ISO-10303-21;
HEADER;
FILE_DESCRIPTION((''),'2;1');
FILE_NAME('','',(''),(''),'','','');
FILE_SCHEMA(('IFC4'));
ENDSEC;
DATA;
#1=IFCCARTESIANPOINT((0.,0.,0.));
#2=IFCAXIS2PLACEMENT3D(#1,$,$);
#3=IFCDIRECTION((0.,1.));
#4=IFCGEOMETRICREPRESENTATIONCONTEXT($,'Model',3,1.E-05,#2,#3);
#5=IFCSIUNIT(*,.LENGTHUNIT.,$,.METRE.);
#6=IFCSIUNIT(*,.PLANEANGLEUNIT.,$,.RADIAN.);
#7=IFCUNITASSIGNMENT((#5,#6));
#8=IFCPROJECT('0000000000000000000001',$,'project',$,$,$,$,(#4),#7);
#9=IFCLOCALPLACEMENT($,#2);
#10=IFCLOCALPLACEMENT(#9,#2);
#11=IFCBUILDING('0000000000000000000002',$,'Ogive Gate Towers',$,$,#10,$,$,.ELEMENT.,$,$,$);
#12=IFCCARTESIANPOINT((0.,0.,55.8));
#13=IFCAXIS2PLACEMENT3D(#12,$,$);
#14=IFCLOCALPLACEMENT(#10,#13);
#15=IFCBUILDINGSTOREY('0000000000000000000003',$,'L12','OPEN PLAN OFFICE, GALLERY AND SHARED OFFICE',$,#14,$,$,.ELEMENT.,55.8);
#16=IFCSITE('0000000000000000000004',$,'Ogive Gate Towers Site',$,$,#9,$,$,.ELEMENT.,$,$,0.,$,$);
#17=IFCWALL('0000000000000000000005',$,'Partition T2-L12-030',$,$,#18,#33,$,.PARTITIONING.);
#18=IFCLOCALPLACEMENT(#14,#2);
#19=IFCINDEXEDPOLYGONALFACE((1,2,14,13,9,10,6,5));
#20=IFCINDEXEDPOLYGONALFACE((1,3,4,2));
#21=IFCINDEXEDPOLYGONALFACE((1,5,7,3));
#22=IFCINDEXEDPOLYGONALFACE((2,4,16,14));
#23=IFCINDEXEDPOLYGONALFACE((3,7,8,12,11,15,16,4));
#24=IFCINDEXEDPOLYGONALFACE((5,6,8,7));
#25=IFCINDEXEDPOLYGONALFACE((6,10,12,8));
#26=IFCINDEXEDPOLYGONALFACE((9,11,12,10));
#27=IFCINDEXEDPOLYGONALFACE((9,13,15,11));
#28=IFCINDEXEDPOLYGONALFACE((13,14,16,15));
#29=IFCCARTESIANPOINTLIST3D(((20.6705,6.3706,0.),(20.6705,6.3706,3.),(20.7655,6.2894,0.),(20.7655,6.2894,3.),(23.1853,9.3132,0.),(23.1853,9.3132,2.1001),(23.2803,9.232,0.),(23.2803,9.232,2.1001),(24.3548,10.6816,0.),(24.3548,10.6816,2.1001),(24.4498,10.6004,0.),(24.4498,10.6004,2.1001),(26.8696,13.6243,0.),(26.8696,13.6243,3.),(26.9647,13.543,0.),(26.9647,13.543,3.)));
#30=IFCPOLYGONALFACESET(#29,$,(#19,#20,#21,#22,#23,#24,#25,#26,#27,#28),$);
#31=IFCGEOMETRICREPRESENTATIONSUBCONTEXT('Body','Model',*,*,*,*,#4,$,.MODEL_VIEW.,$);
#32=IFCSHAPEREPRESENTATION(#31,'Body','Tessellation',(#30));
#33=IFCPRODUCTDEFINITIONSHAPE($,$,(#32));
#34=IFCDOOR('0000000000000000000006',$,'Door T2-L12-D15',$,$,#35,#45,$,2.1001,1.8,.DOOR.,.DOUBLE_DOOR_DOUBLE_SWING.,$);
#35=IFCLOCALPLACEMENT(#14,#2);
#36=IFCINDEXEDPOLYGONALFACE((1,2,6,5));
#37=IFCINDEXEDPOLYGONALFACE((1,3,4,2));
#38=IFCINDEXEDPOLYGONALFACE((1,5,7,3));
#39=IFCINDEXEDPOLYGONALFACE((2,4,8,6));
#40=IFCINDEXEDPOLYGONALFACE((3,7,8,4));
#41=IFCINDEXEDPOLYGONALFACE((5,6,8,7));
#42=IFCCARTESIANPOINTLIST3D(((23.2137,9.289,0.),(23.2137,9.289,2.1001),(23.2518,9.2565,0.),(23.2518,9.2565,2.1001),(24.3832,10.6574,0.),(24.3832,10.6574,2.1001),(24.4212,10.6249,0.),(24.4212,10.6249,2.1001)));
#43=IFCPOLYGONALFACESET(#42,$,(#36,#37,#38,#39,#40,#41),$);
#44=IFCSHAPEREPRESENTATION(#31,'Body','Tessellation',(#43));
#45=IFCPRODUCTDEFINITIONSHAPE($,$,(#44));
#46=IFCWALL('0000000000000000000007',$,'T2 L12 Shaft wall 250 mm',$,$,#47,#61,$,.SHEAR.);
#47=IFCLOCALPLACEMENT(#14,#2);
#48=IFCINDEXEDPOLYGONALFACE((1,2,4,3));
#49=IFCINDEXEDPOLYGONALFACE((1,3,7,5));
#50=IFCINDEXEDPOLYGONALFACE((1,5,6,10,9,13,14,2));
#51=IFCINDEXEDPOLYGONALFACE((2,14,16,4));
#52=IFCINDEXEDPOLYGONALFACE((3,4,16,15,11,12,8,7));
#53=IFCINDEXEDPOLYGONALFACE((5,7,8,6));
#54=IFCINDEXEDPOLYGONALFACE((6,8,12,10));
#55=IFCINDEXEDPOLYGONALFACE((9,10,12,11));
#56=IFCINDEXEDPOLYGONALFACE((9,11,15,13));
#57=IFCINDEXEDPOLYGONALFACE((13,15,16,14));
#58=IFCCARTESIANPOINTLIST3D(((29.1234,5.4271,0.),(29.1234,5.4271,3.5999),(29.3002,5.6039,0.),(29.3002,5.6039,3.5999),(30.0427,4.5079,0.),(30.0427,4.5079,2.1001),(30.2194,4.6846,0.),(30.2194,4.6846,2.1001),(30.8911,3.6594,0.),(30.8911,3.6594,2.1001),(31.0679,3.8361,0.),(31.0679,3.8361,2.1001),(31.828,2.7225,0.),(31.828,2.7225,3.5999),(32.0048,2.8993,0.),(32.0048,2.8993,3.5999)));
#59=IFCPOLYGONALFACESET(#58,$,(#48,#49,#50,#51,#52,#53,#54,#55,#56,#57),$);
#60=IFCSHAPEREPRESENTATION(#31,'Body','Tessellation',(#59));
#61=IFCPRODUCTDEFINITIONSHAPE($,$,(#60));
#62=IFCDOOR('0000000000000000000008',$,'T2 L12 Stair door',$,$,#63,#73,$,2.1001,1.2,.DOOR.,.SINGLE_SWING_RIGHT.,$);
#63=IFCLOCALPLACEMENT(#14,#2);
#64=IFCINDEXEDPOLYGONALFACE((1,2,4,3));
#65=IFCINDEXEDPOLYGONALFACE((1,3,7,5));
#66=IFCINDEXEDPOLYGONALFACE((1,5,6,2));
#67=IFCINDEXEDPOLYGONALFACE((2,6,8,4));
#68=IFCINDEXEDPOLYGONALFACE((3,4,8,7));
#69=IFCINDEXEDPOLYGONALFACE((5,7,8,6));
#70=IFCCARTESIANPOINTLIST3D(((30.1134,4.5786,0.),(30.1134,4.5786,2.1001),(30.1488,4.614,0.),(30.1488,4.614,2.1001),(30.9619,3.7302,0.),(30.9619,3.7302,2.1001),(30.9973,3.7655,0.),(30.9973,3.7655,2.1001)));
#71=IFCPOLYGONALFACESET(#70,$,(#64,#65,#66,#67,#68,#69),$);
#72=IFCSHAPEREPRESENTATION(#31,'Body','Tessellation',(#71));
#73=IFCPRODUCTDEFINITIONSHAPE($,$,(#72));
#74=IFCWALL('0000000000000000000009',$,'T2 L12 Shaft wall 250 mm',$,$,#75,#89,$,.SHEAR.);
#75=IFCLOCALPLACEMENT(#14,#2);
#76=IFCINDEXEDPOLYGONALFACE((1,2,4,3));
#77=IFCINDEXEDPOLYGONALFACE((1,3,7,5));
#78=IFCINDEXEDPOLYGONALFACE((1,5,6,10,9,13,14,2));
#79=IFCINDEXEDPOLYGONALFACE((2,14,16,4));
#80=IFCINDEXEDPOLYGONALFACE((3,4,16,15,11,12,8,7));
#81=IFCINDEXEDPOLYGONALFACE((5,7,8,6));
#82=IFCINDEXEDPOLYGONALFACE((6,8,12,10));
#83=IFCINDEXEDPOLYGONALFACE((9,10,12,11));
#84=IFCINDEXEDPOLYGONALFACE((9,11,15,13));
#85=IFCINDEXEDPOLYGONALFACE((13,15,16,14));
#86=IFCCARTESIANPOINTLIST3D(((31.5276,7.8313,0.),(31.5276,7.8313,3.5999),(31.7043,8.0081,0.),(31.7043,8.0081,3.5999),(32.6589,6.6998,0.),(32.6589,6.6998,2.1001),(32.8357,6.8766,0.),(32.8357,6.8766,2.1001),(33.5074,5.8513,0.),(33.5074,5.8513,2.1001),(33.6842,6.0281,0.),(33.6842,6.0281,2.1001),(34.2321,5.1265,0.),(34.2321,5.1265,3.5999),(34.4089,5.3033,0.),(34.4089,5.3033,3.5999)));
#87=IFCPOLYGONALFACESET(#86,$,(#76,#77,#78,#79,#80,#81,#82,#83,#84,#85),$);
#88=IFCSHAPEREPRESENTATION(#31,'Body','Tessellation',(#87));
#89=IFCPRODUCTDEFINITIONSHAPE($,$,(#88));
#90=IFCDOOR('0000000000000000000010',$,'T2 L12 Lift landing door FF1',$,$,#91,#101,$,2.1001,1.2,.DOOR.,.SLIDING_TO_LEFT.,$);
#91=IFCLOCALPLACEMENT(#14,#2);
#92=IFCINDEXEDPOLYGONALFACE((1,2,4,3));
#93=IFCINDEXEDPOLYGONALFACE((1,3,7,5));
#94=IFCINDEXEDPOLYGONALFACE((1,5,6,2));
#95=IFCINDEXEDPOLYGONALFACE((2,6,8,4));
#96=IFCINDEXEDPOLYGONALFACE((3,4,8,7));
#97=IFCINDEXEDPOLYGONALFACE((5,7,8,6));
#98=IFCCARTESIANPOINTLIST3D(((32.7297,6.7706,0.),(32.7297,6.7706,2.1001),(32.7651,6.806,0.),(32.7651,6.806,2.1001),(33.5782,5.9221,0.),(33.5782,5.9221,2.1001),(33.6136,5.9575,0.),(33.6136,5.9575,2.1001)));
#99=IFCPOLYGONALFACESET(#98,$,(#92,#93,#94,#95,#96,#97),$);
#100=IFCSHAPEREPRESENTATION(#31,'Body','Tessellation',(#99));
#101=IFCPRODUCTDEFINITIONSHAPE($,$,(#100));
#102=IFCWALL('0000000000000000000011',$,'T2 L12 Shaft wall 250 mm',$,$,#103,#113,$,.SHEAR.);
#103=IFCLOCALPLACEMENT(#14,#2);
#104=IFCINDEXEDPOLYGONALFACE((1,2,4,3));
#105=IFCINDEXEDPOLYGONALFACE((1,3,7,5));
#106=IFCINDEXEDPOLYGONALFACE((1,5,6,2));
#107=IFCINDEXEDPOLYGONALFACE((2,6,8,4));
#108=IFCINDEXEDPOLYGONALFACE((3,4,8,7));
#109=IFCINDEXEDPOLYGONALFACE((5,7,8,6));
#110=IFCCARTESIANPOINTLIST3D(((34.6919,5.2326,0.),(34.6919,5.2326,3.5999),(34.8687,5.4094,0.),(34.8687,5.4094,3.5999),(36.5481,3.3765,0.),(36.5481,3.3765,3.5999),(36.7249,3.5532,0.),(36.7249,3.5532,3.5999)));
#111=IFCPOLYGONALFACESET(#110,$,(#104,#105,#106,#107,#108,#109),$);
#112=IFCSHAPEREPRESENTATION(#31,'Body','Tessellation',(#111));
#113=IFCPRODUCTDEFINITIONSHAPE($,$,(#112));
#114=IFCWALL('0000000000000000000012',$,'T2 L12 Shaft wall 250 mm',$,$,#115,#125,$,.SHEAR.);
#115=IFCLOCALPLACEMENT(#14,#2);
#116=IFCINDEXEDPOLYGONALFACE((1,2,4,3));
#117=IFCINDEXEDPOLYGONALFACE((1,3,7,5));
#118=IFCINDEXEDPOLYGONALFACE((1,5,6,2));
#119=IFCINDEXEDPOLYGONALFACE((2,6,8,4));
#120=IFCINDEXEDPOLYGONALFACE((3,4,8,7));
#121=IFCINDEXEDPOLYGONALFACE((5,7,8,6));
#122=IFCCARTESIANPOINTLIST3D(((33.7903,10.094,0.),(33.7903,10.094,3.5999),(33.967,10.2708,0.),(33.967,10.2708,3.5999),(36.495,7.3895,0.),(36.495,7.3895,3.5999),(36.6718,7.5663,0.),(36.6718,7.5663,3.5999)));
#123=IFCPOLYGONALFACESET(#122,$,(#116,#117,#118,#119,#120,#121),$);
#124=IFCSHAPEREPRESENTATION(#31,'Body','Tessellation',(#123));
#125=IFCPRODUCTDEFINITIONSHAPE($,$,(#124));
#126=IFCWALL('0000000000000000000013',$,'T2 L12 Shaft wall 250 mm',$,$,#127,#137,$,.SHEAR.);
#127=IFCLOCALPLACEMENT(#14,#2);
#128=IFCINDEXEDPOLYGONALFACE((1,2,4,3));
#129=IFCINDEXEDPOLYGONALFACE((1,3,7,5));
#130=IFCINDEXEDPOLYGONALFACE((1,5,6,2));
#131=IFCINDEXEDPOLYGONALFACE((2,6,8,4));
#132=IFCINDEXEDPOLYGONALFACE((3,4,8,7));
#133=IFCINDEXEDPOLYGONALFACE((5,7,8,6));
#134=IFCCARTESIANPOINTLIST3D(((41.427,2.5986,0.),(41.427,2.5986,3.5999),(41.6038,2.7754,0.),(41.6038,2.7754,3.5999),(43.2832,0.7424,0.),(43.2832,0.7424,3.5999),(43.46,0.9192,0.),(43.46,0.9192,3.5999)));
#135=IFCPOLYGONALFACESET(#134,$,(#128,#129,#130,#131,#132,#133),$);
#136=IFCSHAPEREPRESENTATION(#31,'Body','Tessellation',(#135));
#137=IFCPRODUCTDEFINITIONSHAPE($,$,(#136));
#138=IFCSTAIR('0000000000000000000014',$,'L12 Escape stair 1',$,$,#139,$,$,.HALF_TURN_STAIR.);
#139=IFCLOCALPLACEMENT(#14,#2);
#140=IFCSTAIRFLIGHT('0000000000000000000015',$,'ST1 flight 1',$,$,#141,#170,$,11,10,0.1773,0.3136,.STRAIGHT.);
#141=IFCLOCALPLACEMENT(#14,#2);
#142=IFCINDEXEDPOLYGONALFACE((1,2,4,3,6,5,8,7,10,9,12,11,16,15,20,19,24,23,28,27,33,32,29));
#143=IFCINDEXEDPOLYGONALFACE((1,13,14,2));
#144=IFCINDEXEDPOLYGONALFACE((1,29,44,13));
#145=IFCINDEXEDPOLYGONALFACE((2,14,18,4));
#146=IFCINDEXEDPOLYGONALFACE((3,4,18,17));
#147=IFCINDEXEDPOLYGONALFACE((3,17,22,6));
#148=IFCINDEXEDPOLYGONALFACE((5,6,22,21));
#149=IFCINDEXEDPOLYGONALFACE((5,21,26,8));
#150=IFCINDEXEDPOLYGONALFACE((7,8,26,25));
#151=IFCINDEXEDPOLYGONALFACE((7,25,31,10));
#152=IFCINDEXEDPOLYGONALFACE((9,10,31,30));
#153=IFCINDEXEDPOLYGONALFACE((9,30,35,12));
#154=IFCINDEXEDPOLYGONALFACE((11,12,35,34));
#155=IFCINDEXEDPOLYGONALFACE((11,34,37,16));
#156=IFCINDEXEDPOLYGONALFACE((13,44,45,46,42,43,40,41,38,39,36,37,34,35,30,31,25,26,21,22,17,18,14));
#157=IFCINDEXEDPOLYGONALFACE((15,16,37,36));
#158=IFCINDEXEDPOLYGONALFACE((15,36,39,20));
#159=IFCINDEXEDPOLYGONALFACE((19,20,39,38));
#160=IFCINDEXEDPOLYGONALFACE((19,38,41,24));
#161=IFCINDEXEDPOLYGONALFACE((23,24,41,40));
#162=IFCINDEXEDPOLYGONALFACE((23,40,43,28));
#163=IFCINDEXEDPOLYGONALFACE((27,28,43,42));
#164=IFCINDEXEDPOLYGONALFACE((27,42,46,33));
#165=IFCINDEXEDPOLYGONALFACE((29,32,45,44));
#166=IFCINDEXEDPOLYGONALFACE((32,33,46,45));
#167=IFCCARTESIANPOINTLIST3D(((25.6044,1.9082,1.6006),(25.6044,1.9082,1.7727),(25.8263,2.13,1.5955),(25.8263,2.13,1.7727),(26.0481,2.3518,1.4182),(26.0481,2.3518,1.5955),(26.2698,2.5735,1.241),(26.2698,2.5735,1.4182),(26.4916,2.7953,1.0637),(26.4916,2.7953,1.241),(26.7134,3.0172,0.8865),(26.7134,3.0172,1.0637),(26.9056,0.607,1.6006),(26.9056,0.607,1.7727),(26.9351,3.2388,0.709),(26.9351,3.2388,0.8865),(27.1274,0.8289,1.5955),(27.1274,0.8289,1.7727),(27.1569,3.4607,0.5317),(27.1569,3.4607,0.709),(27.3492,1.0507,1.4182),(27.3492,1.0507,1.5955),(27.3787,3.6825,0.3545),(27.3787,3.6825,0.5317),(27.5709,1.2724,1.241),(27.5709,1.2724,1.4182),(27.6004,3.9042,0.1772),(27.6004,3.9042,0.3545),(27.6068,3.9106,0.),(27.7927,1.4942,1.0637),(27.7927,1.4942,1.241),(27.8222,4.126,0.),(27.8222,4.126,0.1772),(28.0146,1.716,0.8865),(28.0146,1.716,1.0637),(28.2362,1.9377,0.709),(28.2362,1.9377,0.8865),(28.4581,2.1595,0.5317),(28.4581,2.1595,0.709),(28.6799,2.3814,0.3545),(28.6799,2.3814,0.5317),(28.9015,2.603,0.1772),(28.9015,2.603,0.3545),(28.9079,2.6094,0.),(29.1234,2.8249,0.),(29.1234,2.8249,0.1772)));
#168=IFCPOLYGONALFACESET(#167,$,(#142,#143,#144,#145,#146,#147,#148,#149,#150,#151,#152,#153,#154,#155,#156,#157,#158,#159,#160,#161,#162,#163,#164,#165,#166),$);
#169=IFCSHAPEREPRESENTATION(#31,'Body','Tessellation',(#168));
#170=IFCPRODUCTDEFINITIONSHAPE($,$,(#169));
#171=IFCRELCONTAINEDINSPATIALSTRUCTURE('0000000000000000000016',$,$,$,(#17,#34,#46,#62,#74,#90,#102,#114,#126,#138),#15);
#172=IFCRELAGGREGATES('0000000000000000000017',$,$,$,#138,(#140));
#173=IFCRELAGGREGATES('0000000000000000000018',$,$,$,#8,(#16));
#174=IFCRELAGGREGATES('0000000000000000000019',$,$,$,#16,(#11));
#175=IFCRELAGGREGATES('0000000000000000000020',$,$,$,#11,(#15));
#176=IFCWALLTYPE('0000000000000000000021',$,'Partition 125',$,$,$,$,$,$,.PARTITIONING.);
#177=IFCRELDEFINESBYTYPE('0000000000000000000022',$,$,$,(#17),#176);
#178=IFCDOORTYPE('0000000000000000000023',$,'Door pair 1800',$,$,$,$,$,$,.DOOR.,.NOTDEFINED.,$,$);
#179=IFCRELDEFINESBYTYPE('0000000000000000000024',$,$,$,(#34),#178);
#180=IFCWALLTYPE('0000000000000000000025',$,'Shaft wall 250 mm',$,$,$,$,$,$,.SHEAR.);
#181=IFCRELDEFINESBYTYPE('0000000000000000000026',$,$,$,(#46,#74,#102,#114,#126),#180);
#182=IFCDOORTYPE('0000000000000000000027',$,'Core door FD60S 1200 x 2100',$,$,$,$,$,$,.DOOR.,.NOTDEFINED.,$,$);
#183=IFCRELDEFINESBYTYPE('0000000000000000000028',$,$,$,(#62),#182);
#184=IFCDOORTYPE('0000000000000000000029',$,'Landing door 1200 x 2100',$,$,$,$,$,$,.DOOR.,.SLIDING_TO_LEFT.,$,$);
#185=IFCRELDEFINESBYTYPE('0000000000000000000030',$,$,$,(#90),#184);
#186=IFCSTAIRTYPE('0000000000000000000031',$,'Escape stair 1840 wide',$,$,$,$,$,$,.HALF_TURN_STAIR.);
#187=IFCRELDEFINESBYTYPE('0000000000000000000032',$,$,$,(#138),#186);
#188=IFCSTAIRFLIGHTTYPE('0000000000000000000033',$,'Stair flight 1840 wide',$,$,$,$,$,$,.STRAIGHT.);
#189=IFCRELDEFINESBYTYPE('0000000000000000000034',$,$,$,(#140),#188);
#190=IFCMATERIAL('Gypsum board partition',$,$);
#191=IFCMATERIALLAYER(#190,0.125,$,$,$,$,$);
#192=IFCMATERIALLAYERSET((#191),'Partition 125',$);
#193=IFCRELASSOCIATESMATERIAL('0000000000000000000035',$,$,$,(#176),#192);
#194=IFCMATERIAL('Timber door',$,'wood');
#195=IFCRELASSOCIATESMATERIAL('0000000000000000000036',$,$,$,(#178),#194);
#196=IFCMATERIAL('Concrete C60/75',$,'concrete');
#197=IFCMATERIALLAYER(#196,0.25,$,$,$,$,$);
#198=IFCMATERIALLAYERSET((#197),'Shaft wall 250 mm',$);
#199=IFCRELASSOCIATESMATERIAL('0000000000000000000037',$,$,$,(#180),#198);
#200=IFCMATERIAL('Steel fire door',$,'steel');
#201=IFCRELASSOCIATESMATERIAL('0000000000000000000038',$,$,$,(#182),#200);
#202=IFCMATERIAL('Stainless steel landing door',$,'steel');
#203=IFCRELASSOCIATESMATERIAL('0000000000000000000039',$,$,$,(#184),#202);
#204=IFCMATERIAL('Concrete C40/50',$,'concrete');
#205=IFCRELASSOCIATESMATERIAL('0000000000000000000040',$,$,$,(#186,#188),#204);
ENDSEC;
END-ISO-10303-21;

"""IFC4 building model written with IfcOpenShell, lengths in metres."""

from ifc_helpers import new_model, si_unit, direction, frame, frame_2d, origin, place, context, subcontext, project, spatial, polyline, rectangle, outline, extrude, material, layer, layer_set, type_object, element, fill, aggregate, save


model = new_model("IFC4")

# Units and contexts
model_context = context("Model", 3, precision=1e-05, world=origin(), true_north=direction((0.0, 1.0)))
body_context = subcontext(model_context, "Body", "Model", "MODEL_VIEW")
ifc_project = project(units=[si_unit("LENGTHUNIT", "METRE"), si_unit("PLANEANGLEUNIT", "RADIAN")], contexts=[model_context])

# Site, building, storey
site_placement = place(None, origin())
site = spatial("IfcSite", under=ifc_project, at=site_placement, Name="Ogive Gate Towers Site", CompositionType="ELEMENT", RefElevation=0.0)
building_placement = place(site_placement, origin())
building = spatial("IfcBuilding", under=site, at=building_placement, Name="Ogive Gate Towers", CompositionType="ELEMENT")
storey_placement = place(building_placement, frame((0.0, 0.0, 55.8)))
storey = spatial("IfcBuildingStorey", under=building, at=storey_placement, Name="L12", Description="OPEN PLAN OFFICE, GALLERY AND SHARED OFFICE", CompositionType="ELEMENT", Elevation=55.8)

# Walls, openings, doors
ifc_material_1 = material(Name="Gypsum board partition")
ifc_layer_1 = layer(ifc_material_1, 0.125)
ifc_layer_set_1 = layer_set([ifc_layer_1], Name="Partition 125")
wall_type_1 = type_object("IfcWallType", Name="Partition 125", PredefinedType="PARTITIONING", material=ifc_layer_set_1)
ifc_material_2 = material(Name="Timber door", Category="wood")
wall_1_placement = place(storey_placement, frame((26.9172, 13.5837, 0.0), z_axis=(0.0, 0.0, 1.0), x_axis=(-0.649691, -0.760199, 0.0)))
wall_1 = element("IfcWall", 1, at=wall_1_placement, inside=storey, type_object=wall_type_1, Name="Partition T2-L12-030", PredefinedType="PARTITIONING", context=body_context, shape_type="SweptSolid", body=[
    extrude(rectangle(XDim=9.5417, YDim=0.125, at=frame_2d((4.771, 0.0))), origin(), (0.0, 0.0, 1.0), 3.0),
])
opening_1_placement = place(wall_1_placement, frame((3.8711, 0.0, 0.0)))
opening_1 = element("IfcOpeningElement", 2, at=opening_1_placement, cuts=wall_1, PredefinedType="OPENING", context=body_context, shape_type="SweptSolid", body=[
    extrude(rectangle(XDim=1.8, YDim=2.1001, at=frame_2d((0.8999, 1.05))), frame((0.0, 0.0725, 0.0), z_axis=(0.0, -1.0, 0.0), x_axis=(1.0, 0.0, 0.0)), (0.0, 0.0, 1.0), 0.145),
])
door_type_1 = type_object("IfcDoorType", Name="Door pair 1800", OperationType="NOTDEFINED", PredefinedType="DOOR", material=ifc_material_2)
door_1_placement = place(opening_1_placement, origin())
door_1 = element("IfcDoor", 3, at=door_1_placement, inside=storey, type_object=door_type_1, Name="Door T2-L12-D15", OperationType="DOUBLE_DOOR_DOUBLE_SWING", OverallHeight=2.1001, OverallWidth=1.8, PredefinedType="DOOR", context=body_context, shape_type="SweptSolid", body=[
    extrude(rectangle(XDim=1.8, YDim=2.1001, at=frame_2d((0.8999, 1.05))), frame((0.0, 0.0249, 0.0), z_axis=(0.0, -1.0, 0.0), x_axis=(1.0, 0.0, 0.0)), (0.0, 0.0, 1.0), 0.05),
])
fill(opening_1, door_1)
ifc_material_3 = material(Name="Concrete C60/75", Category="concrete")
ifc_layer_2 = layer(ifc_material_3, 0.25)
ifc_layer_set_2 = layer_set([ifc_layer_2], Name="Shaft wall 250 mm")
wall_type_2 = type_object("IfcWallType", Name="Shaft wall 250 mm", PredefinedType="SHEAR", material=ifc_layer_set_2)
wall_2_placement = place(storey_placement, frame((31.9165, 2.8108, 0.0), z_axis=(0.0, 0.0, 1.0), x_axis=(-0.707107, 0.707107, 0.0)))
wall_2 = element("IfcWall", 4, at=wall_2_placement, inside=storey, type_object=wall_type_2, Name="T2 L12 Shaft wall 250 mm", PredefinedType="SHEAR", context=body_context, shape_type="SweptSolid", body=[
    extrude(rectangle(XDim=3.825, YDim=0.25, at=frame_2d((1.9126, 0.0))), origin(), (0.0, 0.0, 1.0), 3.5999),
])
opening_2_placement = place(wall_2_placement, frame((1.325, 0.0, 0.0)))
opening_2 = element("IfcOpeningElement", 5, at=opening_2_placement, cuts=wall_2, PredefinedType="OPENING", context=body_context, shape_type="SweptSolid", body=[
    extrude(rectangle(XDim=1.2, YDim=2.1001, at=frame_2d((0.6001, 1.05))), frame((0.0, 0.135, 0.0), z_axis=(0.0, -1.0, 0.0), x_axis=(1.0, 0.0, 0.0)), (0.0, 0.0, 1.0), 0.27),
])
ifc_material_4 = material(Name="Steel fire door", Category="steel")
door_type_2 = type_object("IfcDoorType", Name="Core door FD60S 1200 x 2100", OperationType="NOTDEFINED", PredefinedType="DOOR", material=ifc_material_4)
door_2_placement = place(opening_2_placement, origin())
door_2 = element("IfcDoor", 6, at=door_2_placement, inside=storey, type_object=door_type_2, Name="T2 L12 Stair door", OperationType="SINGLE_SWING_RIGHT", OverallHeight=2.1001, OverallWidth=1.2, PredefinedType="DOOR", context=body_context, shape_type="SweptSolid", body=[
    extrude(rectangle(XDim=1.2, YDim=2.1001, at=frame_2d((0.6001, 1.05))), frame((0.0, 0.0249, 0.0), z_axis=(0.0, -1.0, 0.0), x_axis=(1.0, 0.0, 0.0)), (0.0, 0.0, 1.0), 0.05),
])
fill(opening_2, door_2)
wall_3_placement = place(storey_placement, frame((34.3206, 5.2148, 0.0), z_axis=(0.0, 0.0, 1.0), x_axis=(-0.707075, 0.707139, 0.0)))
wall_3 = element("IfcWall", 7, at=wall_3_placement, inside=storey, type_object=wall_type_2, Name="T2 L12 Shaft wall 250 mm", PredefinedType="SHEAR", context=body_context, shape_type="SweptSolid", body=[
    extrude(rectangle(XDim=3.825, YDim=0.25, at=frame_2d((1.9126, 0.0))), origin(), (0.0, 0.0, 1.0), 3.5999),
])
opening_3_placement = place(wall_3_placement, frame((1.0249, 0.0, 0.0)))
opening_3 = element("IfcOpeningElement", 8, at=opening_3_placement, cuts=wall_3, PredefinedType="OPENING", context=body_context, shape_type="SweptSolid", body=[
    extrude(rectangle(XDim=1.2, YDim=2.1001, at=frame_2d((0.6001, 1.05))), frame((0.0, 0.135, 0.0), z_axis=(0.0, -1.0, 0.0), x_axis=(1.0, 0.0, 0.0)), (0.0, 0.0, 1.0), 0.27),
])
ifc_material_5 = material(Name="Stainless steel landing door", Category="steel")
door_type_3 = type_object("IfcDoorType", Name="Landing door 1200 x 2100", OperationType="SLIDING_TO_LEFT", PredefinedType="DOOR", material=ifc_material_5)
door_3_placement = place(opening_3_placement, origin())
door_3 = element("IfcDoor", 9, at=door_3_placement, inside=storey, type_object=door_type_3, Name="T2 L12 Lift landing door FF1", OperationType="SLIDING_TO_LEFT", OverallHeight=2.1001, OverallWidth=1.2, PredefinedType="DOOR", context=body_context, shape_type="SweptSolid", body=[
    extrude(rectangle(XDim=1.2, YDim=2.1001, at=frame_2d((0.6001, 1.05))), frame((0.0, 0.0249, 0.0), z_axis=(0.0, -1.0, 0.0), x_axis=(1.0, 0.0, 0.0)), (0.0, 0.0, 1.0), 0.05),
])
fill(opening_3, door_3)

# Walls
wall_4_placement = place(storey_placement, frame((36.6365, 3.4648, 0.0), z_axis=(0.0, 0.0, 1.0), x_axis=(-0.707107, 0.707107, 0.0)))
element("IfcWall", 10, at=wall_4_placement, inside=storey, type_object=wall_type_2, Name="T2 L12 Shaft wall 250 mm", PredefinedType="SHEAR", context=body_context, shape_type="SweptSolid", body=[
    extrude(rectangle(XDim=2.625, YDim=0.25, at=frame_2d((1.3125, 0.0))), origin(), (0.0, 0.0, 1.0), 3.5999),
])
wall_5_placement = place(storey_placement, frame((36.5835, 7.4778, 0.0), z_axis=(0.0, 0.0, 1.0), x_axis=(-0.707139, 0.707075, 0.0)))
element("IfcWall", 11, at=wall_5_placement, inside=storey, type_object=wall_type_2, Name="T2 L12 Shaft wall 250 mm", PredefinedType="SHEAR", context=body_context, shape_type="SweptSolid", body=[
    extrude(rectangle(XDim=3.825, YDim=0.25, at=frame_2d((1.9126, 0.0))), origin(), (0.0, 0.0, 1.0), 3.5999),
])
wall_6_placement = place(storey_placement, frame((43.3716, 0.8308, 0.0), z_axis=(0.0, 0.0, 1.0), x_axis=(-0.707107, 0.707107, 0.0)))
element("IfcWall", 12, at=wall_6_placement, inside=storey, type_object=wall_type_2, Name="T2 L12 Shaft wall 250 mm", PredefinedType="SHEAR", context=body_context, shape_type="SweptSolid", body=[
    extrude(rectangle(XDim=2.625, YDim=0.25, at=frame_2d((1.3125, 0.0))), origin(), (0.0, 0.0, 1.0), 3.5999),
])

# Stair, stair flight
ifc_material_6 = material(Name="Concrete C40/50", Category="concrete")
stair_type = type_object("IfcStairType", Name="Escape stair 1840 wide", PredefinedType="HALF_TURN_STAIR", material=ifc_material_6)
stair_1_placement = place(storey_placement, origin())
stair_1 = element("IfcStair", 13, at=stair_1_placement, inside=storey, type_object=stair_type, Name="L12 Escape stair 1", PredefinedType="HALF_TURN_STAIR")
stair_flight_type = type_object("IfcStairFlightType", Name="Stair flight 1840 wide", PredefinedType="STRAIGHT", material=ifc_material_6)
stair_flight_1_placement = place(storey_placement, frame((28.4729, 3.4753, 0.0), z_axis=(0.0, 0.0, 1.0), x_axis=(-0.707107, -0.707107, 0.0)))
stair_flight_1 = element("IfcStairFlight", 14, at=stair_flight_1_placement, type_object=stair_flight_type, Name="ST1 flight 1", NumberOfRisers=11, NumberOfTreads=10, PredefinedType="STRAIGHT", RiserHeight=0.1773, TreadLength=0.3136, context=body_context, shape_type="SweptSolid", body=[
    extrude(outline(polyline([(0.0, 0.0), (0.0, 0.1772), (0.3137, 0.1772), (0.3137, 0.3545), (0.6272, 0.3545), (0.6272, 0.5317), (0.9409, 0.5317), (0.9409, 0.709), (1.2546, 0.709), (1.2546, 0.8865), (1.5681, 0.8865), (1.5681, 1.0637), (1.8818, 1.0637), (1.8818, 1.241), (2.1956, 1.241), (2.1956, 1.4182), (2.509, 1.4182), (2.509, 1.5955), (2.8228, 1.5955), (2.8228, 1.7727), (3.1365, 1.7727), (3.1365, 1.95), (3.1365, 1.6006), (0.3047, 0.0), (0.0, 0.0)])), frame((0.0, 0.9199, 0.0), z_axis=(0.0, -1.0, 0.0), x_axis=(1.0, 0.0, 0.0)), (0.0, 0.0, 1.0), 1.8401),
])
aggregate(stair_1, [stair_flight_1])

save(model, "model.ifc")
